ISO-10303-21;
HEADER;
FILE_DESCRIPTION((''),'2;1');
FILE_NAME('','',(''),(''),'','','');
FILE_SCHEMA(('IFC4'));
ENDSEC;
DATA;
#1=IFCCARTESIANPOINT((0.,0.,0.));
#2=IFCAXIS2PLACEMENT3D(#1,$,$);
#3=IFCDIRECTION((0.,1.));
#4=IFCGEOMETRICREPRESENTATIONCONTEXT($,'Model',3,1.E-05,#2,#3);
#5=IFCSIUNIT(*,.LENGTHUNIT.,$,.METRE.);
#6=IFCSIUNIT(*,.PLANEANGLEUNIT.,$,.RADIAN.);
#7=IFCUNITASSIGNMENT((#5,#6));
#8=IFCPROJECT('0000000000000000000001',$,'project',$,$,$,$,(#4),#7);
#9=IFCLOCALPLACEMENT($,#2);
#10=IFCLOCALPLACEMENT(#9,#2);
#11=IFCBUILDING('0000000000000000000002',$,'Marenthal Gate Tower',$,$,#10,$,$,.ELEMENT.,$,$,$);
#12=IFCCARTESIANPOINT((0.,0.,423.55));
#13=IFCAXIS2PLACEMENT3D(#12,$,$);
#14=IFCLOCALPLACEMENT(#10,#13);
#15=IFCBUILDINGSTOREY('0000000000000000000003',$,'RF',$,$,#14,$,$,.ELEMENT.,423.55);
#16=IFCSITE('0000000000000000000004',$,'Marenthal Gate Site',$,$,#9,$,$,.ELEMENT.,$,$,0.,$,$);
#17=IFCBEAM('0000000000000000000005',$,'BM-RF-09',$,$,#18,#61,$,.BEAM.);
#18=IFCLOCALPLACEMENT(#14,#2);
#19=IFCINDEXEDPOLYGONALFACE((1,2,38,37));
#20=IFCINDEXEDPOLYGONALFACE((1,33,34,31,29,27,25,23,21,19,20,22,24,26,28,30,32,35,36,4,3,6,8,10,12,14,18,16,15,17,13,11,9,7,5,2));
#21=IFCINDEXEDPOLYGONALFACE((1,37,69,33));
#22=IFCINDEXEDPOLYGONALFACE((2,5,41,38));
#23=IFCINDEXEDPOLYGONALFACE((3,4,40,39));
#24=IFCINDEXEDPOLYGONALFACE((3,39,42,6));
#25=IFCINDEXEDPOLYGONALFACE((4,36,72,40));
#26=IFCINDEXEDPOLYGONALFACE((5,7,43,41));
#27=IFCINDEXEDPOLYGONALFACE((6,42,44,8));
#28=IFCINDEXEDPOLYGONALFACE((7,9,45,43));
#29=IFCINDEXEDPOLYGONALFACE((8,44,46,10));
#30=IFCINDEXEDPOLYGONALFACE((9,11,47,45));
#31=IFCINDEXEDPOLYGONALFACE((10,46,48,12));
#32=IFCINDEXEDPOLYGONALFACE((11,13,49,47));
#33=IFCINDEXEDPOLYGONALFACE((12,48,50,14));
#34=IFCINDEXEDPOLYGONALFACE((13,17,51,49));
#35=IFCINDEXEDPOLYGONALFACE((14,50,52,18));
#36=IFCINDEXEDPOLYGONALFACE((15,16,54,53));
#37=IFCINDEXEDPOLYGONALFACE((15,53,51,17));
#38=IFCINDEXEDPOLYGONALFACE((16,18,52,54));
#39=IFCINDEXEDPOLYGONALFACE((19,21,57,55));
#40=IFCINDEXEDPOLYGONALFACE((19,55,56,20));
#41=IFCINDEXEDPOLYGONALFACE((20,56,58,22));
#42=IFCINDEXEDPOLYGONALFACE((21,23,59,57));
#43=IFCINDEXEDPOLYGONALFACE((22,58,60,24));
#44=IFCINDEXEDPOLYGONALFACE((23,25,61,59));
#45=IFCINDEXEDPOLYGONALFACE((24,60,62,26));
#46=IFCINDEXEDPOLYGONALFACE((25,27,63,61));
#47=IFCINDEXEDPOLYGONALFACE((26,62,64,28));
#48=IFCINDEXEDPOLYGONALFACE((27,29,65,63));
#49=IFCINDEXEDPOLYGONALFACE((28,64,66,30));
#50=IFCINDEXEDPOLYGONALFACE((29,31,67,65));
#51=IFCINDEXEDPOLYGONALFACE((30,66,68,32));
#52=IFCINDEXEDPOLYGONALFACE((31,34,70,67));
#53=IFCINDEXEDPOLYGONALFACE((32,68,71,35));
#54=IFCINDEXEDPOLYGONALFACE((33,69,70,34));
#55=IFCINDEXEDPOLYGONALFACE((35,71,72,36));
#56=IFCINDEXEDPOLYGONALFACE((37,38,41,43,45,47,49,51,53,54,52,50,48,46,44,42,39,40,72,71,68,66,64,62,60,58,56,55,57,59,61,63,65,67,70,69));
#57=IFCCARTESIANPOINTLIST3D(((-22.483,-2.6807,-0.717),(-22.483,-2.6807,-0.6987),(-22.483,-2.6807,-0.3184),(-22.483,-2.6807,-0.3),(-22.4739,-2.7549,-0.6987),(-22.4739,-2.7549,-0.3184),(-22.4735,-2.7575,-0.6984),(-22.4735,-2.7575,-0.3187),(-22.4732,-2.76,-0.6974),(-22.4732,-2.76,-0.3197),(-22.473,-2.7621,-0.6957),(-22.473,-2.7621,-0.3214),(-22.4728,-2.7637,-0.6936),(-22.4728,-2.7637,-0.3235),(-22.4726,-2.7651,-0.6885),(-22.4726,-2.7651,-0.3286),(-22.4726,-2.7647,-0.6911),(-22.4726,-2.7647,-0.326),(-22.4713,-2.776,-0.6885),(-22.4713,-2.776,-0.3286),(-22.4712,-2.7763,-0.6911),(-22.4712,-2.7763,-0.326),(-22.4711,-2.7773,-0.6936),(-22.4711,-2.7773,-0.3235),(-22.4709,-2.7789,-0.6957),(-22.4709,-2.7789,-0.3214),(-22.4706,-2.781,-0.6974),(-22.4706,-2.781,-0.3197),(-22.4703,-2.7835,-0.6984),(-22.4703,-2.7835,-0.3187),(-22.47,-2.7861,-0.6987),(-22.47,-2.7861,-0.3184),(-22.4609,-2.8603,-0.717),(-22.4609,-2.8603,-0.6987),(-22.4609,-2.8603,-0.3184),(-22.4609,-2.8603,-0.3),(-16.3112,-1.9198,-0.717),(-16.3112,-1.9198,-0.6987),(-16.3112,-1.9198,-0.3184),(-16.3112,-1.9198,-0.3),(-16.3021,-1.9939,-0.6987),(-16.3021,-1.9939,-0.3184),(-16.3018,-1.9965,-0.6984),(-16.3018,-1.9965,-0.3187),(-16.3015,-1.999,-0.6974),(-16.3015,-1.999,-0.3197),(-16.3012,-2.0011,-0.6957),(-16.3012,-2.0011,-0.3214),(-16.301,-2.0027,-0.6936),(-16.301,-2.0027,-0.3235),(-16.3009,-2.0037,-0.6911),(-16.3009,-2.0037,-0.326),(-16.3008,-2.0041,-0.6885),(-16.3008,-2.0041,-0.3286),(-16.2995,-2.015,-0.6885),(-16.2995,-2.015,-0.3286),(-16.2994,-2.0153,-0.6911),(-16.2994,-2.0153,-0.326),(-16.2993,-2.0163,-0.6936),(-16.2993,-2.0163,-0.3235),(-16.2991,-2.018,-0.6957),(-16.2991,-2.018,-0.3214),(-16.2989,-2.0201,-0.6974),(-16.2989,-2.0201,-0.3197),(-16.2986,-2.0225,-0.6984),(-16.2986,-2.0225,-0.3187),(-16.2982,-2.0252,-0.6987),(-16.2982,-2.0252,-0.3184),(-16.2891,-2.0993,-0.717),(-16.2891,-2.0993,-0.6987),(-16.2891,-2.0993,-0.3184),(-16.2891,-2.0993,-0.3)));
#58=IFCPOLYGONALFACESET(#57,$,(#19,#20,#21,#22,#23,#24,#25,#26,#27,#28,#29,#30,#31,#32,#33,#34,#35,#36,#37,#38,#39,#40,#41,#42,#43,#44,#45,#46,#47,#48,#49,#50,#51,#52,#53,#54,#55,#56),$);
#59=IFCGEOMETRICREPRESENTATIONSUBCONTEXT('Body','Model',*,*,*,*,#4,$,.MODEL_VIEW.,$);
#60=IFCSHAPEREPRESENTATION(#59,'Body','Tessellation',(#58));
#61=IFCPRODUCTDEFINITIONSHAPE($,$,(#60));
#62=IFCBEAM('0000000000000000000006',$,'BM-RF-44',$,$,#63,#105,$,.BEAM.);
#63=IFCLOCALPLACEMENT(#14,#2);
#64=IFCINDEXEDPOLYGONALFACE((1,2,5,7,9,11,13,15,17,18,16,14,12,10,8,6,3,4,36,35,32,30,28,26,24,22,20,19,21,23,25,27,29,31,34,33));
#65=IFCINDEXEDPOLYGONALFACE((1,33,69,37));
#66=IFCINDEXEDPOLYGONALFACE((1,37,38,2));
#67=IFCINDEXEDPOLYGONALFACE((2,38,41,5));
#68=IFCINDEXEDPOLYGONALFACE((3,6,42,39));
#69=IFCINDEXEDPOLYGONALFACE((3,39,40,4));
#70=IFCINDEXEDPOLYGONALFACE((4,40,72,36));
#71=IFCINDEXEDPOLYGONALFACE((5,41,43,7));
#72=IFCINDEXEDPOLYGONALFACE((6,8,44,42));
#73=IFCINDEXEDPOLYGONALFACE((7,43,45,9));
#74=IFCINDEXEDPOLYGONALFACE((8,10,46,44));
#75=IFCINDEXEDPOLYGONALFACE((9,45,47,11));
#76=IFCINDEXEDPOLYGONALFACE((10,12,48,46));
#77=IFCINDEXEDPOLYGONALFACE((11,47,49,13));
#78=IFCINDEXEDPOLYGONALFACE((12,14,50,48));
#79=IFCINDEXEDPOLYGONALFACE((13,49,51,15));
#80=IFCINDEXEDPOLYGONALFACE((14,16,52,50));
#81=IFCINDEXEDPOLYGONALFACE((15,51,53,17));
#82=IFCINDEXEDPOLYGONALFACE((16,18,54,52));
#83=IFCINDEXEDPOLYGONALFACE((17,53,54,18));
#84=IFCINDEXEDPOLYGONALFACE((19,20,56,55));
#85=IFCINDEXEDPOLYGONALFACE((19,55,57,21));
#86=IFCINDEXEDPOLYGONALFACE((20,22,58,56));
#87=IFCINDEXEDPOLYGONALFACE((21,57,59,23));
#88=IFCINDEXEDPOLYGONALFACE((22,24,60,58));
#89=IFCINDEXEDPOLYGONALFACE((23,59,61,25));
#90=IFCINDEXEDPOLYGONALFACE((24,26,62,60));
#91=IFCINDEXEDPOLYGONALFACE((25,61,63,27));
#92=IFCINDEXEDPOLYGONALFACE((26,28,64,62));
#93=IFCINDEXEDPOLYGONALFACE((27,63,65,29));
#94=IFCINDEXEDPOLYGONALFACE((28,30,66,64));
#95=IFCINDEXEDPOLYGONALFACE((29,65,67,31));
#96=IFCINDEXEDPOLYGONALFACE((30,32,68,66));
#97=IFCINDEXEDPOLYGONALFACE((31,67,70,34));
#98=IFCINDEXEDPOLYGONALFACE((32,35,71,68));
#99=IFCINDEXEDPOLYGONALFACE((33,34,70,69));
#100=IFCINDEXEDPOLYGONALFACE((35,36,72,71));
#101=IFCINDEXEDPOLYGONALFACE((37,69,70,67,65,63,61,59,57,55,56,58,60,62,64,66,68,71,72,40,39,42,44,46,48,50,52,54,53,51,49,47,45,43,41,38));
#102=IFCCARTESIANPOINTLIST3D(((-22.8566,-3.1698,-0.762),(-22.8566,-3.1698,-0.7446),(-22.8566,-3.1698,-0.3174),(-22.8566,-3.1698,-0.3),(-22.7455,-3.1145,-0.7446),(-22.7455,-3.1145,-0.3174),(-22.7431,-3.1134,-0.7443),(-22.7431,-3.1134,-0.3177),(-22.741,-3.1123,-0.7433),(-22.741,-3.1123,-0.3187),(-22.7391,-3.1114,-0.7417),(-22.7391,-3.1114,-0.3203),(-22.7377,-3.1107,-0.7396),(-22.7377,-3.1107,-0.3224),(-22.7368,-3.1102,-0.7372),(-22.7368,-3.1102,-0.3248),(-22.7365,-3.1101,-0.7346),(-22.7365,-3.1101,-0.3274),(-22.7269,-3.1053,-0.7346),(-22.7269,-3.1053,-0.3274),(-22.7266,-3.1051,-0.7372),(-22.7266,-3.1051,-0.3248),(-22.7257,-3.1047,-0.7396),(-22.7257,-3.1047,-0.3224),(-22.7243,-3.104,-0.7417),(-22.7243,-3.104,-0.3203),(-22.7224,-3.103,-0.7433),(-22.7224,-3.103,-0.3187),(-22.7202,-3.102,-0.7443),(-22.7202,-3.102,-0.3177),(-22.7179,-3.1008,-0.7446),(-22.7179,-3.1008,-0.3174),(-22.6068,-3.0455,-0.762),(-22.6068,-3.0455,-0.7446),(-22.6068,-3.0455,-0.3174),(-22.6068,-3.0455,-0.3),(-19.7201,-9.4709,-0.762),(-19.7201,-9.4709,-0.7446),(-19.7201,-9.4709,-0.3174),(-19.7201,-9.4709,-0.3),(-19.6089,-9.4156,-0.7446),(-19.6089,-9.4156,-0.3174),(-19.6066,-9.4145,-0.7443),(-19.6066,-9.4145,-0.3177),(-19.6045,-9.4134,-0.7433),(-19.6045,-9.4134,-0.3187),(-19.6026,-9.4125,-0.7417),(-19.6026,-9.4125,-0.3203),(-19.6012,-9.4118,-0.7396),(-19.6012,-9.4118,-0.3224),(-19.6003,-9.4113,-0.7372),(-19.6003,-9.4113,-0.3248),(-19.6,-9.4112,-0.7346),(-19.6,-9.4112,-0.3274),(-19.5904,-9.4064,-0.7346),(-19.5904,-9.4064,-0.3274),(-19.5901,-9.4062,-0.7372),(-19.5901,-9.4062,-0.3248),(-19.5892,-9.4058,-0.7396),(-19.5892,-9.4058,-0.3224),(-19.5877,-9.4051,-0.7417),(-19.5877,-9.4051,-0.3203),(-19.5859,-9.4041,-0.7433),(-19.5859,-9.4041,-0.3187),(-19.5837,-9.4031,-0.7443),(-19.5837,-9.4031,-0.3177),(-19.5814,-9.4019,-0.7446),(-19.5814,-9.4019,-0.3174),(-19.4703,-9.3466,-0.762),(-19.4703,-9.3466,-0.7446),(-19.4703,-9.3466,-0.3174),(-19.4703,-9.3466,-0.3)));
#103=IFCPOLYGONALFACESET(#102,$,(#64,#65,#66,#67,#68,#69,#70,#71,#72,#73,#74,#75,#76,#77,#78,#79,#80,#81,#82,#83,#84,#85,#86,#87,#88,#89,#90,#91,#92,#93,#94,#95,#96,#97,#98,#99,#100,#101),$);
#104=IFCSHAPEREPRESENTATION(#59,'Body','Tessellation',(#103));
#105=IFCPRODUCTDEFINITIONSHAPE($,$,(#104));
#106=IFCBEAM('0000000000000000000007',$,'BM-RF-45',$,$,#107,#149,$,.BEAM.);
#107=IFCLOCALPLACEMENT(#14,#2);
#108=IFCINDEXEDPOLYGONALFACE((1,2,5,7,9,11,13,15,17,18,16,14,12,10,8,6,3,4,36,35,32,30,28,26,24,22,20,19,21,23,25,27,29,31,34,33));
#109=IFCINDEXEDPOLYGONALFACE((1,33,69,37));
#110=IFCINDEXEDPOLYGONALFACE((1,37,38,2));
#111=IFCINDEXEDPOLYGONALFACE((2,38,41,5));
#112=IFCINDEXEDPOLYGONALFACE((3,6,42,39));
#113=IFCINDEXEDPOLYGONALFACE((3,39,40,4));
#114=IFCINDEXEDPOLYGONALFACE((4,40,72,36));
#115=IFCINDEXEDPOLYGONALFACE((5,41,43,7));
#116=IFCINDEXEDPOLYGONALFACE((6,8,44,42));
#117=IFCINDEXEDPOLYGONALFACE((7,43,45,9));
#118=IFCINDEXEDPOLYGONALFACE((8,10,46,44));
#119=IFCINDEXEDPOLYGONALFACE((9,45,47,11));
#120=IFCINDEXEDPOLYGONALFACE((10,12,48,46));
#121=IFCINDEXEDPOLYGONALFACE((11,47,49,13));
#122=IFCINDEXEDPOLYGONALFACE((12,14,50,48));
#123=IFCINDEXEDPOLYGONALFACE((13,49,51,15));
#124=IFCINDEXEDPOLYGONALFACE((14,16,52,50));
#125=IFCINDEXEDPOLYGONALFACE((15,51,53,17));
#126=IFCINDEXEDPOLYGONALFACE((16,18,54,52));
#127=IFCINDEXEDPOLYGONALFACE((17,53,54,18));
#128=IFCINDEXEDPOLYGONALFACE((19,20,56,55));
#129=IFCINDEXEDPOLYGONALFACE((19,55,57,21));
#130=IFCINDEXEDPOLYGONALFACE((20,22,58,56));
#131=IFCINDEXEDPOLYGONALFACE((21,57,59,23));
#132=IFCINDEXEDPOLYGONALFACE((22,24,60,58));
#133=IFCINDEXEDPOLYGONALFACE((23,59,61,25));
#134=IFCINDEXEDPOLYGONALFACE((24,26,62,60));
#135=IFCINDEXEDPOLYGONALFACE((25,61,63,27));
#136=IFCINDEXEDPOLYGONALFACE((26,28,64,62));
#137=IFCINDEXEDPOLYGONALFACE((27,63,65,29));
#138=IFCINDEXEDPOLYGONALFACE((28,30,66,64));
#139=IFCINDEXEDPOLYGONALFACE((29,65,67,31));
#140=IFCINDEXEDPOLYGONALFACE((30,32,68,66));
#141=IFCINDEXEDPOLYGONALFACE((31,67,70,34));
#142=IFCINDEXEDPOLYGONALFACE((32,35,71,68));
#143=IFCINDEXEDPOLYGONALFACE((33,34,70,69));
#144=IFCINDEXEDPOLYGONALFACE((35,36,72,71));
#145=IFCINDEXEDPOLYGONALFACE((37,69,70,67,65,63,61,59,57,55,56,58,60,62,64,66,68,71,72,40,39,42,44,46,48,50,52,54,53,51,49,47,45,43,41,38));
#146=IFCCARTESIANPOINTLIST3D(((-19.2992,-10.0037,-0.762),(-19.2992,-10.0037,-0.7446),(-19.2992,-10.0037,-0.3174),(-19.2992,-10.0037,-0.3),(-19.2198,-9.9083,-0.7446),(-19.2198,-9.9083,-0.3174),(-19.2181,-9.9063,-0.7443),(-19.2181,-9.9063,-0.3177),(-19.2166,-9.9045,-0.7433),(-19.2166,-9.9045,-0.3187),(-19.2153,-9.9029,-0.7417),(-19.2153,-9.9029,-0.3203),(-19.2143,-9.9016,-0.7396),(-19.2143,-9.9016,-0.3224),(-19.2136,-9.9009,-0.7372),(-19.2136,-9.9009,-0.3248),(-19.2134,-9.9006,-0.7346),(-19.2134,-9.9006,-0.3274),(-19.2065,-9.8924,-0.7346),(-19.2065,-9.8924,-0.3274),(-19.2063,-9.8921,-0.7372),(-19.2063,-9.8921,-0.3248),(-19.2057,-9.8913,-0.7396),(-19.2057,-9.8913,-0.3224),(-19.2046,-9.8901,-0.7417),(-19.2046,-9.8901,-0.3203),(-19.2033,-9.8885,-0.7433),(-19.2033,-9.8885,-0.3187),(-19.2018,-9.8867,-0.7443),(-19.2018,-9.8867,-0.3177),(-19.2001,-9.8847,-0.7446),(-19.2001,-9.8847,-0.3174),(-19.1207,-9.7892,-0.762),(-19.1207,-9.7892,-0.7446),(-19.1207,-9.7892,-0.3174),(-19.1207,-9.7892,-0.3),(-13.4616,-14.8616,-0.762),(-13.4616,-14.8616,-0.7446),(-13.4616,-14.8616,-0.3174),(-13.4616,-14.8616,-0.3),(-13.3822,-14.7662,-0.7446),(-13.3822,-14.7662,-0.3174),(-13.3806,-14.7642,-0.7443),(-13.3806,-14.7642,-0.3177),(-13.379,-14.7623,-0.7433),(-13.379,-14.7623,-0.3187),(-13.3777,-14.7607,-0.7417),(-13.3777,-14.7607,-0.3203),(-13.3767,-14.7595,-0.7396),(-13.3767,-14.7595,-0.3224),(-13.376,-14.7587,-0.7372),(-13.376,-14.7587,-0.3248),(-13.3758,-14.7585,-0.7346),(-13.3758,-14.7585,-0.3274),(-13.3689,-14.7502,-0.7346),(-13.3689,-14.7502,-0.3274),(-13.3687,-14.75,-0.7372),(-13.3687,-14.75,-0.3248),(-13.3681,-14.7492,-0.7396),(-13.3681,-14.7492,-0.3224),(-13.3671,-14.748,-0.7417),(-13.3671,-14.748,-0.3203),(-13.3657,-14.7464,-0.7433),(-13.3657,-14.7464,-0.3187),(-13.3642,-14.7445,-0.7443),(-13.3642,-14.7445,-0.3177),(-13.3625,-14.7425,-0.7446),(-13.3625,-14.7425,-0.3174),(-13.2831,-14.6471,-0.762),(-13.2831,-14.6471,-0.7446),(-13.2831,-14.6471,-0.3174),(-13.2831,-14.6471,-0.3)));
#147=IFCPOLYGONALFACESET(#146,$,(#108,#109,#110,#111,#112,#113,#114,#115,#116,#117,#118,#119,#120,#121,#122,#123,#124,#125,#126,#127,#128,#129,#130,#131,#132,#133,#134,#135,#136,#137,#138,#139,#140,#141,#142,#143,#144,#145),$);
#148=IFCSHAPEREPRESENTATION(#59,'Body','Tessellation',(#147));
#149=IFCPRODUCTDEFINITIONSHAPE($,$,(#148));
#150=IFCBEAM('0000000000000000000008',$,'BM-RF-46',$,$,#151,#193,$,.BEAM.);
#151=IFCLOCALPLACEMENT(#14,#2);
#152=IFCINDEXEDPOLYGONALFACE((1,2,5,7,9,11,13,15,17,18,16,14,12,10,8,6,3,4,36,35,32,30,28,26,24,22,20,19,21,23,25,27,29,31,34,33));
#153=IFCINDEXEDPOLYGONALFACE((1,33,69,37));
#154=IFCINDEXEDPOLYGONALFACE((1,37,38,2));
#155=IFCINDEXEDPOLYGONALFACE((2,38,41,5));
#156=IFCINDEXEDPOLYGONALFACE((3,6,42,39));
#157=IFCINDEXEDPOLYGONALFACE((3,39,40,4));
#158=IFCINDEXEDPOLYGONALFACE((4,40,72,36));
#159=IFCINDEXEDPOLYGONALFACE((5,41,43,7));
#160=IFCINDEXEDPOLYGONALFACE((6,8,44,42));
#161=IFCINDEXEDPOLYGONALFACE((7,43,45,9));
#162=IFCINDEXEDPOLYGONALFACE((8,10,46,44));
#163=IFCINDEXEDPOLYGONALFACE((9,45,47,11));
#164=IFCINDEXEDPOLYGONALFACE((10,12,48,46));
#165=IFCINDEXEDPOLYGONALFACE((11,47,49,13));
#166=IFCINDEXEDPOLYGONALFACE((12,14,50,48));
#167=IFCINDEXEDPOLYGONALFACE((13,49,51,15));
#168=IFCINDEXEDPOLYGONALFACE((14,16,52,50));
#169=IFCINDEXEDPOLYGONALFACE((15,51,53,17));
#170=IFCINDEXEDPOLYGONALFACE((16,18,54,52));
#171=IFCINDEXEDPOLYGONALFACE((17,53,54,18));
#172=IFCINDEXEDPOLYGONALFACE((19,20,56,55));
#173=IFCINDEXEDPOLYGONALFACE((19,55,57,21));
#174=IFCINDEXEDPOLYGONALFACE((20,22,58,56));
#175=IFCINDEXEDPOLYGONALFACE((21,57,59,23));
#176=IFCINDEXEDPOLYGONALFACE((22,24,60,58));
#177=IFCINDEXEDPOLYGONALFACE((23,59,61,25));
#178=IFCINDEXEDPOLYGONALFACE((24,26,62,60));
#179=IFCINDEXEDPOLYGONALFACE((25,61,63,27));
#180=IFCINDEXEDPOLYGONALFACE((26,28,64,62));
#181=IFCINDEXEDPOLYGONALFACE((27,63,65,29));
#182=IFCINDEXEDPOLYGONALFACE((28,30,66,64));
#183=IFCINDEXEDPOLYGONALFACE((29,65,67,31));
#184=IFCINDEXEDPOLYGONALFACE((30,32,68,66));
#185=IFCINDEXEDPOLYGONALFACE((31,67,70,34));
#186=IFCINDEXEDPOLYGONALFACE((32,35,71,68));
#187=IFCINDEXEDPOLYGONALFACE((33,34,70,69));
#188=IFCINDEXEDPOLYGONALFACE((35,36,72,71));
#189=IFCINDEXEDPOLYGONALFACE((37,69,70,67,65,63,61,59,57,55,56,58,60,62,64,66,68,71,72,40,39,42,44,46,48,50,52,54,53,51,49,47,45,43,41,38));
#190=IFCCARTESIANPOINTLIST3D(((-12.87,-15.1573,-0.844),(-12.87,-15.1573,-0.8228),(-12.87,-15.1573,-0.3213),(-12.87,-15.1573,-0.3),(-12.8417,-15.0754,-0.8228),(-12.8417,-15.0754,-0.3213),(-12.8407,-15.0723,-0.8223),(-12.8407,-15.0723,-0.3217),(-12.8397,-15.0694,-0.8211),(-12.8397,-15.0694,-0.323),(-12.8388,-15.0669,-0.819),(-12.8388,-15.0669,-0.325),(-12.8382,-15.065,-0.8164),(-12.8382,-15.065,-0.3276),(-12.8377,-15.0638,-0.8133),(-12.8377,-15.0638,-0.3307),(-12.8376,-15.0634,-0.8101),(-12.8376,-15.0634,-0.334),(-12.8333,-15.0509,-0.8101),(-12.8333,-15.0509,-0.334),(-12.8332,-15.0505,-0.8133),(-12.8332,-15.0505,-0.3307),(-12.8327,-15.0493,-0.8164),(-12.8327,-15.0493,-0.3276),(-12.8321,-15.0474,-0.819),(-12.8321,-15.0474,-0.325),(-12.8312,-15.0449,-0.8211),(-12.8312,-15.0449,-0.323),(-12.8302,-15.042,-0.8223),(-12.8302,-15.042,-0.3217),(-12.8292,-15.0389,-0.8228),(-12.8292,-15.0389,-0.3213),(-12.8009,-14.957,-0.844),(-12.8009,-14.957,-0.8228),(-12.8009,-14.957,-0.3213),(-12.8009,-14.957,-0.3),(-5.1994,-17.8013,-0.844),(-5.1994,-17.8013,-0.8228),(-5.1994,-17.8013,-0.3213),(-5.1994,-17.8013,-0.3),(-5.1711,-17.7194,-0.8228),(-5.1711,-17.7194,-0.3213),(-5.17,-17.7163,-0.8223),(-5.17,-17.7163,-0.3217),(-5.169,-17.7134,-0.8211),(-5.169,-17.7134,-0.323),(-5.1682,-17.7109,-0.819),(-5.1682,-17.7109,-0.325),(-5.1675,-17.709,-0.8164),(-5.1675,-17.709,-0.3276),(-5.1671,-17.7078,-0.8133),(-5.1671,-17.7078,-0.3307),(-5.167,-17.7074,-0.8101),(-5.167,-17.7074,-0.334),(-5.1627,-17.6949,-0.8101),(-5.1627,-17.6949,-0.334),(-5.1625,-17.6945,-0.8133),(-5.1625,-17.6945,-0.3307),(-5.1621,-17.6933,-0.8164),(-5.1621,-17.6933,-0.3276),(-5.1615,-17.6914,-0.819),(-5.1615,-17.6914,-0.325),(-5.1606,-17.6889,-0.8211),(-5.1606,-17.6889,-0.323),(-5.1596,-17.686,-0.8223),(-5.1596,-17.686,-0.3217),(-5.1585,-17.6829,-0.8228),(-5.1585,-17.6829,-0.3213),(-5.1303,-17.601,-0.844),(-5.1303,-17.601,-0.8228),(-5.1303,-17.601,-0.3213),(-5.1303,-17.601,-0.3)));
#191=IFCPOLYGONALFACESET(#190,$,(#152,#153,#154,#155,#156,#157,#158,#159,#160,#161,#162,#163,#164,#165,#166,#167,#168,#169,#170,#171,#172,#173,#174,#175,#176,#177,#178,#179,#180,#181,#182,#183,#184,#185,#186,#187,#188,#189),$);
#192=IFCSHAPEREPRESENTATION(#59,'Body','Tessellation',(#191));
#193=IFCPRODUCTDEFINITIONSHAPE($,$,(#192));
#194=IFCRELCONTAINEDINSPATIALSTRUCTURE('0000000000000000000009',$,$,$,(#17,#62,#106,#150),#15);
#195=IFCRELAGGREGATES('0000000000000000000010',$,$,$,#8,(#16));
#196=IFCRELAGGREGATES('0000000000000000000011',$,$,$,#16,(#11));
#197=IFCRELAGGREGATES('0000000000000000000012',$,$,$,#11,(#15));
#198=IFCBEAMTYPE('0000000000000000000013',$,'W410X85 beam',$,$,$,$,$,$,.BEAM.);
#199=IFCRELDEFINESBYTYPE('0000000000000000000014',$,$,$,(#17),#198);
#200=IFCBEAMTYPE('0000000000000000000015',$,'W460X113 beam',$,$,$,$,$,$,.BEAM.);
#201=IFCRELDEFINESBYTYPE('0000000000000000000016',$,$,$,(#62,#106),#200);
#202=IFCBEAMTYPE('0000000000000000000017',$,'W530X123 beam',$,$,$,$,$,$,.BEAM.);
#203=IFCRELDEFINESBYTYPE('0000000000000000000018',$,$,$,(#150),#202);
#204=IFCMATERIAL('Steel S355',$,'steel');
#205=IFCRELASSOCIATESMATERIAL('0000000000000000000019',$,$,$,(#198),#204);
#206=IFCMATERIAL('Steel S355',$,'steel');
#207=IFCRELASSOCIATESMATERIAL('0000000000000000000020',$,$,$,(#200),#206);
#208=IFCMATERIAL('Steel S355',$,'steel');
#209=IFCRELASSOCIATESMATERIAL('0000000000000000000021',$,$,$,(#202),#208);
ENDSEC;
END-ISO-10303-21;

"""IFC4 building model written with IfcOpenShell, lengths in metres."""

from ifc_helpers import new_model, si_unit, direction, frame, origin, origin_2d, place, context, subcontext, project, spatial, i_section, extrude, material, material_profile, profile_set, type_object, element, save


model = new_model("IFC4")

# Units and contexts
model_context = context("Model", 3, precision=1e-05, world=origin(), true_north=direction((0.0, 1.0)))
body_context = subcontext(model_context, "Body", "Model", "MODEL_VIEW")
ifc_project = project(units=[si_unit("LENGTHUNIT", "METRE"), si_unit("PLANEANGLEUNIT", "RADIAN")], contexts=[model_context])

# Site, building, storey
site_placement = place(None, origin())
site = spatial("IfcSite", under=ifc_project, at=site_placement, Name="Marenthal Gate Site", CompositionType="ELEMENT", RefElevation=0.0)
building_placement = place(site_placement, origin())
building = spatial("IfcBuilding", under=site, at=building_placement, Name="Marenthal Gate Tower", CompositionType="ELEMENT")
storey_placement = place(building_placement, frame((0.0, 0.0, 423.55)))
storey = spatial("IfcBuildingStorey", under=building, at=storey_placement, Name="RF", CompositionType="ELEMENT", Elevation=423.55)

# Beams
ifc_material_1 = material(Name="Steel S355", Category="steel")
ifc_material_profile_1 = material_profile(ifc_material_1, i_section(OverallWidth=0.1809, OverallDepth=0.417, WebThickness=0.011, FlangeThickness=0.0183, FilletRadius=0.0103, at=origin_2d()), Name="W410X85")
ifc_profile_set_1 = profile_set([ifc_material_profile_1], Name="Steel S355")
beam_type_1 = type_object("IfcBeamType", Name="W410X85 beam", PredefinedType="BEAM", material=ifc_profile_set_1)
beam_1_placement = place(storey_placement, frame((-22.4719, -2.7705, -0.5085), z_axis=(0.992484, 0.122372, 0.0), x_axis=(-0.122372, 0.992484, 0.0)))
element("IfcBeam", 1, at=beam_1_placement, inside=storey, type_object=beam_type_1, Name="BM-RF-09", PredefinedType="BEAM", context=body_context, shape_type="SweptSolid", body=[
    extrude(i_section(OverallWidth=0.1809, OverallDepth=0.417, WebThickness=0.011, FlangeThickness=0.0183, FilletRadius=0.0103, at=origin_2d()), origin(), (0.0, 0.0, 1.0), 6.2185),
])
ifc_material_2 = material(Name="Steel S355", Category="steel")
ifc_material_profile_2 = material_profile(ifc_material_2, i_section(OverallWidth=0.2791, OverallDepth=0.4619, WebThickness=0.0107, FlangeThickness=0.0173, FilletRadius=0.01, at=origin_2d()), Name="W460X113")
ifc_profile_set_2 = profile_set([ifc_material_profile_2], Name="Steel S355")
beam_type_2 = type_object("IfcBeamType", Name="W460X113 beam", PredefinedType="BEAM", material=ifc_profile_set_2)
beam_2_placement = place(storey_placement, frame((-22.7317, -3.1077, -0.531), z_axis=(0.445617, -0.895224, 0.0), x_axis=(0.895224, 0.445617, 0.0)))
element("IfcBeam", 2, at=beam_2_placement, inside=storey, type_object=beam_type_2, Name="BM-RF-44", PredefinedType="BEAM", context=body_context, shape_type="SweptSolid", body=[
    extrude(i_section(OverallWidth=0.2791, OverallDepth=0.4619, WebThickness=0.0107, FlangeThickness=0.0173, FilletRadius=0.01, at=origin_2d()), origin(), (0.0, 0.0, 1.0), 7.0386),
])
beam_3_placement = place(storey_placement, frame((-19.21, -9.8965, -0.531), z_axis=(0.768661, -0.639656, 0.0), x_axis=(0.639656, 0.768661, 0.0)))
element("IfcBeam", 3, at=beam_3_placement, inside=storey, type_object=beam_type_2, Name="BM-RF-45", PredefinedType="BEAM", context=body_context, shape_type="SweptSolid", body=[
    extrude(i_section(OverallWidth=0.2791, OverallDepth=0.4619, WebThickness=0.0107, FlangeThickness=0.0173, FilletRadius=0.01, at=origin_2d()), origin(), (0.0, 0.0, 1.0), 7.5945),
])
ifc_material_3 = material(Name="Steel S355", Category="steel")
ifc_material_profile_3 = material_profile(ifc_material_3, i_section(OverallWidth=0.2119, OverallDepth=0.5439, WebThickness=0.0132, FlangeThickness=0.0212, FilletRadius=0.0127, at=origin_2d()), Name="W530X123")
ifc_profile_set_3 = profile_set([ifc_material_profile_3], Name="Steel S355")
beam_type_3 = type_object("IfcBeamType", Name="W530X123 beam", PredefinedType="BEAM", material=ifc_profile_set_3)
beam_4_placement = place(storey_placement, frame((-12.8354, -15.0571, -0.572), z_axis=(0.945411, -0.325879, 0.0), x_axis=(0.325879, 0.945411, 0.0)))
element("IfcBeam", 4, at=beam_4_placement, inside=storey, type_object=beam_type_3, Name="BM-RF-46", PredefinedType="BEAM", context=body_context, shape_type="SweptSolid", body=[
    extrude(i_section(OverallWidth=0.2119, OverallDepth=0.5439, WebThickness=0.0132, FlangeThickness=0.0212, FilletRadius=0.0127, at=origin_2d()), origin(), (0.0, 0.0, 1.0), 8.1135),
])

save(model, "model.ifc")
